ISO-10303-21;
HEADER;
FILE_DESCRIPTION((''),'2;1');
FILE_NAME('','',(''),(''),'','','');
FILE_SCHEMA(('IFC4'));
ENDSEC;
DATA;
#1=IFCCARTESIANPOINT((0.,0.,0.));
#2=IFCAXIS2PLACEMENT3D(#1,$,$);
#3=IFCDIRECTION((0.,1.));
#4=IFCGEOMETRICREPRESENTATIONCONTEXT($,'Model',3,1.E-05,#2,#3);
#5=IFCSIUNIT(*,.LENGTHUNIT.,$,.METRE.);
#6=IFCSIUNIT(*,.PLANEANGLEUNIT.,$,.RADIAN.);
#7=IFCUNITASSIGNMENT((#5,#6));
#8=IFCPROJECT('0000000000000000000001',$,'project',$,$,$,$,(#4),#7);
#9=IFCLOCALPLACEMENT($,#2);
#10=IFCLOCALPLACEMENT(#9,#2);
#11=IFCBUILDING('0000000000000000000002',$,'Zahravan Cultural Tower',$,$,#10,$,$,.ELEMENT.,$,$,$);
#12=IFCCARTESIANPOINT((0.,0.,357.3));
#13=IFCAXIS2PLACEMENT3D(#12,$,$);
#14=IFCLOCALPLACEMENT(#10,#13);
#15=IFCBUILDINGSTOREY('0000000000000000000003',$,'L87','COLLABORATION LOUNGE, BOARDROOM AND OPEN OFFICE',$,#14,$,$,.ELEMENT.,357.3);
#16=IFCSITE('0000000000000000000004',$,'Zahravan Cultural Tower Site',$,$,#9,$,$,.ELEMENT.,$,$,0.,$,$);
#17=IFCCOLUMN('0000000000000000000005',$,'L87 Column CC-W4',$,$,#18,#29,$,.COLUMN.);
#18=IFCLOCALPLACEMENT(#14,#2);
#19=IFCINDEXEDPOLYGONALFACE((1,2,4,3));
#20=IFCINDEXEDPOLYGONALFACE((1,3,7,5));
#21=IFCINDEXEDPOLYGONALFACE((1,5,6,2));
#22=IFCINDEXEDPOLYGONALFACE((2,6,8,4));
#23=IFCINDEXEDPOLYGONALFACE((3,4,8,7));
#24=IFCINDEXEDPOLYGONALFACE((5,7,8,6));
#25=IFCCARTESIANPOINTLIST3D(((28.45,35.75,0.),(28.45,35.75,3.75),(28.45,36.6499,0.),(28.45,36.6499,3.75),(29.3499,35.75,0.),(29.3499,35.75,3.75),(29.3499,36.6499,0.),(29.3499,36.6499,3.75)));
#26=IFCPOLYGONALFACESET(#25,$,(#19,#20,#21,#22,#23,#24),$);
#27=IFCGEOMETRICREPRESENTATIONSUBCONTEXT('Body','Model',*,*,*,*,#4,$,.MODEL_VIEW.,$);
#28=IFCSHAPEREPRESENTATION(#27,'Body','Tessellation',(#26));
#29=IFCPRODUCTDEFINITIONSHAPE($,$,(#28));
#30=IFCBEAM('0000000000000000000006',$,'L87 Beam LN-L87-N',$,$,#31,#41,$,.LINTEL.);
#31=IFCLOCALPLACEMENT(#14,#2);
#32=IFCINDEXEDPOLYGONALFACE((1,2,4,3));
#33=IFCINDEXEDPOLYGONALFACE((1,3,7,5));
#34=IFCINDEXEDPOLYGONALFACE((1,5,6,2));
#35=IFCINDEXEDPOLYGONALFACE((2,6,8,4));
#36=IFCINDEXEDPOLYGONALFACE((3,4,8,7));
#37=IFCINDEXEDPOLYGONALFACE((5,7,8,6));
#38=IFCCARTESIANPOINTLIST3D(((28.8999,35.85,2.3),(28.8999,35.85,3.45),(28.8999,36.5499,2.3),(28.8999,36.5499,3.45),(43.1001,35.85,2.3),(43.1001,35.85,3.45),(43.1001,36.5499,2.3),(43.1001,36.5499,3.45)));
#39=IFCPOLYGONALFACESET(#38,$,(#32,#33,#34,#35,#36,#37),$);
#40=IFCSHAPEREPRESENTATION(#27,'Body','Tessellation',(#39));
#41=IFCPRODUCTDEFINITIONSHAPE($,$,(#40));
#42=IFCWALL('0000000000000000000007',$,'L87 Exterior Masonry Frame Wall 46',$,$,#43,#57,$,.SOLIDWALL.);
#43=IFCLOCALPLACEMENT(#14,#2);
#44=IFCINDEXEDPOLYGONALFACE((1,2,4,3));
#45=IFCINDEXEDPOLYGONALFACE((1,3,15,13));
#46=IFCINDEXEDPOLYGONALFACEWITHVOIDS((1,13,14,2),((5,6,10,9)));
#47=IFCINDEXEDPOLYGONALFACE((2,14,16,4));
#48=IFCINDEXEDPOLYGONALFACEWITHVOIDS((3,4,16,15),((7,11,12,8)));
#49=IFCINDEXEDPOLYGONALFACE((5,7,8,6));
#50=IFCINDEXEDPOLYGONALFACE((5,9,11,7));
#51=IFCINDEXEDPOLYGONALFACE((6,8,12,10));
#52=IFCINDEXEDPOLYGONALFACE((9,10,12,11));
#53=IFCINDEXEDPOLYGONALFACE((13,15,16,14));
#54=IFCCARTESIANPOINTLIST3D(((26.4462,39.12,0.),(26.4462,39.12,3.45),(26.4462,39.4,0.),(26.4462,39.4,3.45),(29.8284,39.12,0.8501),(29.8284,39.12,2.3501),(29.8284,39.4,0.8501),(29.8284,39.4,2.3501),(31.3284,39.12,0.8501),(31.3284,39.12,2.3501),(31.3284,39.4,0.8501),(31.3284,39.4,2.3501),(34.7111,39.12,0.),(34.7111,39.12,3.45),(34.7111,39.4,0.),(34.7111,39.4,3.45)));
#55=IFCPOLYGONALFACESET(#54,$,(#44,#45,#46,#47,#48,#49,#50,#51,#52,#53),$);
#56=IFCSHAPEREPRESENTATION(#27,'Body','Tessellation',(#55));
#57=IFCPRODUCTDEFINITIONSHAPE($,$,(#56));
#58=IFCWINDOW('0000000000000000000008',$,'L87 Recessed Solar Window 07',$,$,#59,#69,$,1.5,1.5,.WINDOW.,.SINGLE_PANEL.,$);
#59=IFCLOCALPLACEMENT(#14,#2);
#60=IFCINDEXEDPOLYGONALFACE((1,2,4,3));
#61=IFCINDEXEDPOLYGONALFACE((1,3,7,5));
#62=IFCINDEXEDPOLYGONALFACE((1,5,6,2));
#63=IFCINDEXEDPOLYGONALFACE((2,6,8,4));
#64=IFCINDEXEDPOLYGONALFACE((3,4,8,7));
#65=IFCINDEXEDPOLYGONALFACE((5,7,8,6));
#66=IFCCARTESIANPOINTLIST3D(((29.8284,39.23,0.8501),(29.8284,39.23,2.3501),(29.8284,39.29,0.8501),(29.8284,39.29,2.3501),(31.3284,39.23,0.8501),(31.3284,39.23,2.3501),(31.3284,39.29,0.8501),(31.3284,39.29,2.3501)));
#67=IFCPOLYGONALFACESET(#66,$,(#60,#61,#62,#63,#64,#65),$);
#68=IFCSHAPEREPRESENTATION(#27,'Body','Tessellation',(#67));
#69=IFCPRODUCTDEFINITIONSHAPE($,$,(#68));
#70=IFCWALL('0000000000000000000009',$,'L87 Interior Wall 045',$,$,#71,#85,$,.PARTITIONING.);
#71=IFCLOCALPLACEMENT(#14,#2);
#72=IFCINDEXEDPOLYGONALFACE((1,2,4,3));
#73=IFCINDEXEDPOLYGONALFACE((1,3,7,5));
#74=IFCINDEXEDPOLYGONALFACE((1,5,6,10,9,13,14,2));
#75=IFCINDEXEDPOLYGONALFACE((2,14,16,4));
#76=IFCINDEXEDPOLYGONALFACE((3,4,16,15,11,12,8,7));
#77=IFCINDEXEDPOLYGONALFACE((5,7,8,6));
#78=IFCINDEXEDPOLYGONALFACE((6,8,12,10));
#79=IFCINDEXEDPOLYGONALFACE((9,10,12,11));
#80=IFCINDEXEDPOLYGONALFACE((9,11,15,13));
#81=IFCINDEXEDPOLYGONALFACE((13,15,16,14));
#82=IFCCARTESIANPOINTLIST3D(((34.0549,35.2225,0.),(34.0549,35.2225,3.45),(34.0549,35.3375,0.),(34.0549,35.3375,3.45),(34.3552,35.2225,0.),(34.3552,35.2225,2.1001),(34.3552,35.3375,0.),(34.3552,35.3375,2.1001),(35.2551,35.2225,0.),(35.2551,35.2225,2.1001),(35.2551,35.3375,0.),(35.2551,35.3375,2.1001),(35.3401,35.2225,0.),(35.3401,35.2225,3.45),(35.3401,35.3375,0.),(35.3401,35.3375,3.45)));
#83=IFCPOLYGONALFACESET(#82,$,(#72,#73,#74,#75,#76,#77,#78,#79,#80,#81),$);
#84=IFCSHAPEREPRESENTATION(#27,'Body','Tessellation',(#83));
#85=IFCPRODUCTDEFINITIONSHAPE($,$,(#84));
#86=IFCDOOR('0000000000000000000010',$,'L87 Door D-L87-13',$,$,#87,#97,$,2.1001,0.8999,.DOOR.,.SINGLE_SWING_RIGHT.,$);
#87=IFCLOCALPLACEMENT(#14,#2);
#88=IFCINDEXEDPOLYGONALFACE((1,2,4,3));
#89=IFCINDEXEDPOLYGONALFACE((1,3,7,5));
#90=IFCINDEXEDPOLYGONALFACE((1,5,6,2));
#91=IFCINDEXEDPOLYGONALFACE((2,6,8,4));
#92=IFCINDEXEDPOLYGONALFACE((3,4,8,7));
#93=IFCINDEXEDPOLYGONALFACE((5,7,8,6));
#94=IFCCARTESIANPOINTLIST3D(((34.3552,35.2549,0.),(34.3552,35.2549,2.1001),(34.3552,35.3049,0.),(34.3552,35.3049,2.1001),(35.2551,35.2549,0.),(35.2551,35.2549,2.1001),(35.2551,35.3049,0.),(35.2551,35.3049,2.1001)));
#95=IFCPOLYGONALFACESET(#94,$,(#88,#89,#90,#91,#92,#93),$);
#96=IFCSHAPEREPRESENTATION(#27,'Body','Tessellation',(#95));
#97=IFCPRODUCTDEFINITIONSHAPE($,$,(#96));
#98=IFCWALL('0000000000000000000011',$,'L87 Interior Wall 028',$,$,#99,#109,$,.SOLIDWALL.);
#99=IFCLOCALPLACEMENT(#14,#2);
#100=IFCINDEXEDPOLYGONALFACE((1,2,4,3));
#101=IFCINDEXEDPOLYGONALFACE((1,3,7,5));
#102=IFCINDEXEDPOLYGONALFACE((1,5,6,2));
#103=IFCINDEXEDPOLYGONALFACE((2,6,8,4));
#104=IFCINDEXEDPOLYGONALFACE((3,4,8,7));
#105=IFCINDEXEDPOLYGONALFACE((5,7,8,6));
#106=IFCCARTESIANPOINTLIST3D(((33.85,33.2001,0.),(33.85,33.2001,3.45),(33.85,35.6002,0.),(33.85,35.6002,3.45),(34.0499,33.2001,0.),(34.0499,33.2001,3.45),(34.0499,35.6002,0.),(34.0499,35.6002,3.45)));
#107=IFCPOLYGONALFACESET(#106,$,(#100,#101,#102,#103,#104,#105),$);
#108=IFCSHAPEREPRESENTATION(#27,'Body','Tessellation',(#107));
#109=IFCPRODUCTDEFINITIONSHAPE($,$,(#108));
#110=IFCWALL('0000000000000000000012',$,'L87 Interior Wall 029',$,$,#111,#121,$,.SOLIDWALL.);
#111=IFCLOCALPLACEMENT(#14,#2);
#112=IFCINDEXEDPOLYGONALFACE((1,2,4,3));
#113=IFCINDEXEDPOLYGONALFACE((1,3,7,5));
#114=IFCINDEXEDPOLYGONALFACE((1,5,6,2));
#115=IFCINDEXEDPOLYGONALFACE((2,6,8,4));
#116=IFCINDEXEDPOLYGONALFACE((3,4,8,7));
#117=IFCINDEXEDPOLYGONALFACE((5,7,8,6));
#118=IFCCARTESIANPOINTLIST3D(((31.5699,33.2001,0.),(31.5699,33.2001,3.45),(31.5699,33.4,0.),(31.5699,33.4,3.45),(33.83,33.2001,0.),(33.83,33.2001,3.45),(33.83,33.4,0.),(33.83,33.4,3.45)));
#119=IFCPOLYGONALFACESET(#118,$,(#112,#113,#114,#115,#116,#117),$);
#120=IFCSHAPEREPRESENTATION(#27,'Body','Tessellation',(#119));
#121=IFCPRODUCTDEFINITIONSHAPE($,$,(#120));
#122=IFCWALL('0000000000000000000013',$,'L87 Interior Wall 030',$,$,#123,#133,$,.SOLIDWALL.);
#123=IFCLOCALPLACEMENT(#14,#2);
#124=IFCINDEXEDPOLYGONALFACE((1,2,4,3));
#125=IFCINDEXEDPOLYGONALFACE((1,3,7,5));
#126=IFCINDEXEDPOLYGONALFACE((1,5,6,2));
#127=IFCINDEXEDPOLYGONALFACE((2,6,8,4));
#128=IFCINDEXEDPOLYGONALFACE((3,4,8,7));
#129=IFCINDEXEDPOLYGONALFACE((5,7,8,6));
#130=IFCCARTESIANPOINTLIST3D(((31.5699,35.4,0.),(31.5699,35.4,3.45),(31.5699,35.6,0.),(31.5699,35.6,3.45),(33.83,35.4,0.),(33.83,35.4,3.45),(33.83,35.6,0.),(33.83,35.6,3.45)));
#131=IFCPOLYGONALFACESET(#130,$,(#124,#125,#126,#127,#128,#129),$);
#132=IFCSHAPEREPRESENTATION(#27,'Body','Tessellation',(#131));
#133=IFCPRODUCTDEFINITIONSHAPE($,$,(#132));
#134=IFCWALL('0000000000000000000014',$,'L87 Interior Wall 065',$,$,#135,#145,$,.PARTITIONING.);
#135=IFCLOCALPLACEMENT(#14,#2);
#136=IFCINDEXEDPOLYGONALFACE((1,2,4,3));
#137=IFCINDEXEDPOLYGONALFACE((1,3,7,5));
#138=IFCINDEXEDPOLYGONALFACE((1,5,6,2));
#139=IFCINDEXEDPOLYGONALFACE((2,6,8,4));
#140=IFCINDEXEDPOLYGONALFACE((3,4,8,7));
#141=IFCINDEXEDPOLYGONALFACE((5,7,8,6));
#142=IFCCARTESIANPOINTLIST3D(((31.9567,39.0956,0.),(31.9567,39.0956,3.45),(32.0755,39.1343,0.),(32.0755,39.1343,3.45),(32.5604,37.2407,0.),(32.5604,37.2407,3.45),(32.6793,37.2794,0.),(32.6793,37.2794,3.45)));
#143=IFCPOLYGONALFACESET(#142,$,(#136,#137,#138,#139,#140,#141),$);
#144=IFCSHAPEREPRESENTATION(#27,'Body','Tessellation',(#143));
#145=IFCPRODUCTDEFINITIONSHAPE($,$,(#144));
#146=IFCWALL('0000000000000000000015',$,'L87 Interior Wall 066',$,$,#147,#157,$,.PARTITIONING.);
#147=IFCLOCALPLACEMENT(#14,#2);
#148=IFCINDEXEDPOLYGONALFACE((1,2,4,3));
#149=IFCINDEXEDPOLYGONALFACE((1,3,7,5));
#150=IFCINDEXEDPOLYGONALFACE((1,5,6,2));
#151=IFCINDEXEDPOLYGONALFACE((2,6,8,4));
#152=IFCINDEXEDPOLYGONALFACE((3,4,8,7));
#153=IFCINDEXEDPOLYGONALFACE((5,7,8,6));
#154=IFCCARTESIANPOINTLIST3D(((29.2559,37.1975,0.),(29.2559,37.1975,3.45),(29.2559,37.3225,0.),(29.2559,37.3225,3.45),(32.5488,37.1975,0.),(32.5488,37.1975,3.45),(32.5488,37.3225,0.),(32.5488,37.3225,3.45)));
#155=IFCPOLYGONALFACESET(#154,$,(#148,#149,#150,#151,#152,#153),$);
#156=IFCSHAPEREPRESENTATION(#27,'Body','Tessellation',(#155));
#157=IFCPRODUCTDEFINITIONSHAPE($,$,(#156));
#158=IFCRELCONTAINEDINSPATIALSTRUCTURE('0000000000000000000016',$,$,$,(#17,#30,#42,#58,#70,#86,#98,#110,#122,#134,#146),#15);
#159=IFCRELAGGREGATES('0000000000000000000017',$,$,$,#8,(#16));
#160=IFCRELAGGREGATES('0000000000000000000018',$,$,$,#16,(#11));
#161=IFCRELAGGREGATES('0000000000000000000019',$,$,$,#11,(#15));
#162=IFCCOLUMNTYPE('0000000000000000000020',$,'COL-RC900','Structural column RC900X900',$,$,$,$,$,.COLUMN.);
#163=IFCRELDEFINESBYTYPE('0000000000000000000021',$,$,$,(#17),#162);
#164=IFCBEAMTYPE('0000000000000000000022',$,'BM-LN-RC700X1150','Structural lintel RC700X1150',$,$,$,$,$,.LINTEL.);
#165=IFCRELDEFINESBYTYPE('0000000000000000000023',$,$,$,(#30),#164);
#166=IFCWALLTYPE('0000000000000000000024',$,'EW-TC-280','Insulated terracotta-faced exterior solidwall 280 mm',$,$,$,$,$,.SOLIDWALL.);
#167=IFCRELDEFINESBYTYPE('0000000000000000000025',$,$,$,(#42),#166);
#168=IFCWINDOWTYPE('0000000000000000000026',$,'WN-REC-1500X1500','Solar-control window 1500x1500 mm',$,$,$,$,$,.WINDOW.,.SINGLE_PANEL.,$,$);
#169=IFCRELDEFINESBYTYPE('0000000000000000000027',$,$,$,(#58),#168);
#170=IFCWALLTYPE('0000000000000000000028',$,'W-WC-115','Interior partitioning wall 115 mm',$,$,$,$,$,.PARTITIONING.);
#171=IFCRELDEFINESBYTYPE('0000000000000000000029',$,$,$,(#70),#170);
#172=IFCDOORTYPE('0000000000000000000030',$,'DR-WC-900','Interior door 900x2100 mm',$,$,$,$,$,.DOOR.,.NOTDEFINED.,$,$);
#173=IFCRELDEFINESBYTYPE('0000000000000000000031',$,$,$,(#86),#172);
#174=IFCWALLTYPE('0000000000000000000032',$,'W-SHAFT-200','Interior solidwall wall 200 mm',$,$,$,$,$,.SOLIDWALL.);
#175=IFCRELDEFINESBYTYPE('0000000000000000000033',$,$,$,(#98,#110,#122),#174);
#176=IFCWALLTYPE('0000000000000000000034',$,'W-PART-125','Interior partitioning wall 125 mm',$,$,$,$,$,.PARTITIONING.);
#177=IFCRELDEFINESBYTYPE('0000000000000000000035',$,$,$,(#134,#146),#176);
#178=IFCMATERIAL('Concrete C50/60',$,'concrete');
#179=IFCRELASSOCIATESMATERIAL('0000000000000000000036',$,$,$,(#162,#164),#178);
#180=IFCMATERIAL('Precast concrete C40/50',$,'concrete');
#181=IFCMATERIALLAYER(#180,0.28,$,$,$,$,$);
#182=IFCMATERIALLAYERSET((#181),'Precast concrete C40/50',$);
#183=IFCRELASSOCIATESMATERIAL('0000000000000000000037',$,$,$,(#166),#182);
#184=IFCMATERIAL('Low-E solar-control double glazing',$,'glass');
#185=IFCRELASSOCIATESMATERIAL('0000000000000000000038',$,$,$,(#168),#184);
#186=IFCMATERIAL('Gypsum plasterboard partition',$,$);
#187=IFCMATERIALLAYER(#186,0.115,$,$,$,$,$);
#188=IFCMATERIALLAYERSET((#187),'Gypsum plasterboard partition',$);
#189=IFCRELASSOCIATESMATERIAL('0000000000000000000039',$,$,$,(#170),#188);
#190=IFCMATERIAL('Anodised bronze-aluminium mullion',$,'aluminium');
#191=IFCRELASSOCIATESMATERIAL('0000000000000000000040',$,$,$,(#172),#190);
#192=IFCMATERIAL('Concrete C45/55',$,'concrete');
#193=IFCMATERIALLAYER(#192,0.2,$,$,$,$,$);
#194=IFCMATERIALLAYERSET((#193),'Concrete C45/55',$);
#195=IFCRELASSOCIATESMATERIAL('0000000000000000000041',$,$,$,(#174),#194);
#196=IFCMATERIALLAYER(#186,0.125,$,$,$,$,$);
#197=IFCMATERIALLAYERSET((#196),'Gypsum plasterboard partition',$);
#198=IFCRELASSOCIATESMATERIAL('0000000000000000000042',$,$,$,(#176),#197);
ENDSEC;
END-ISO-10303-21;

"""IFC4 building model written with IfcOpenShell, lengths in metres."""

from ifc_helpers import new_model, si_unit, direction, frame, frame_2d, origin, origin_2d, place, context, subcontext, project, spatial, rectangle, extrude, source, transform, mapped, material, layer, layer_set, material_profile, profile_set, type_object, element, fill, save


model = new_model("IFC4")

# Units and contexts
model_context = context("Model", 3, precision=1e-05, world=origin(), true_north=direction((0.0, 1.0)))
body_context = subcontext(model_context, "Body", "Model", "MODEL_VIEW")
ifc_project = project(units=[si_unit("LENGTHUNIT", "METRE"), si_unit("PLANEANGLEUNIT", "RADIAN")], contexts=[model_context])

# Site, building, storey
site_placement = place(None, origin())
site = spatial("IfcSite", under=ifc_project, at=site_placement, Name="Zahravan Cultural Tower Site", CompositionType="ELEMENT", RefElevation=0.0)
building_placement = place(site_placement, origin())
building = spatial("IfcBuilding", under=site, at=building_placement, Name="Zahravan Cultural Tower", CompositionType="ELEMENT")
storey_placement = place(building_placement, frame((0.0, 0.0, 357.3)))
storey = spatial("IfcBuildingStorey", under=building, at=storey_placement, Name="L87", Description="COLLABORATION LOUNGE, BOARDROOM AND OPEN OFFICE", CompositionType="ELEMENT", Elevation=357.3)

# Column
ifc_material_1 = material(Name="Concrete C50/60", Category="concrete")
ifc_material_profile_1 = material_profile(ifc_material_1, rectangle(XDim=0.8999, YDim=0.8999, at=origin_2d()), Name="RC900X900")
ifc_profile_set_1 = profile_set([ifc_material_profile_1], Name="Concrete C50/60")
column_type = type_object("IfcColumnType", Name="COL-RC900", Description="Structural column RC900X900", PredefinedType="COLUMN", material=ifc_profile_set_1)
shared_shape_1 = source(origin(), body_context, "Body", "SweptSolid", [
    extrude(rectangle(XDim=0.8999, YDim=0.8999, at=origin_2d()), origin(), (0.0, 0.0, 1.0), 3.75),
])
column_placement = place(storey_placement, frame((28.8999, 36.2, 0.0), z_axis=(0.0, 0.0, 1.0), x_axis=(1.0, 0.0, 0.0)))
element("IfcColumn", 1, at=column_placement, inside=storey, type_object=column_type, Name="L87 Column CC-W4", PredefinedType="COLUMN", context=body_context, shape_type="MappedRepresentation", body=[
    mapped(shared_shape_1, transform((0.0, 0.0, 0.0), x_axis=(1.0, 0.0, 0.0), y_axis=(0.0, 1.0, 0.0), z_axis=(0.0, 0.0, 1.0), scale=1.0)),
])

# Beam
ifc_material_profile_2 = material_profile(ifc_material_1, rectangle(XDim=0.7, YDim=1.1499, at=origin_2d()), Name="RC700X1150")
ifc_profile_set_2 = profile_set([ifc_material_profile_2], Name="Concrete C50/60")
beam_type = type_object("IfcBeamType", Name="BM-LN-RC700X1150", Description="Structural lintel RC700X1150", PredefinedType="LINTEL", material=ifc_profile_set_2)
shared_shape_2 = source(origin(), body_context, "Body", "SweptSolid", [
    extrude(rectangle(XDim=0.7, YDim=1.1499, at=origin_2d()), origin(), (0.0, 0.0, 1.0), 14.2002),
])
beam_placement = place(storey_placement, frame((28.8999, 36.2, 2.875), z_axis=(1.0, 0.0, 0.0), x_axis=(0.0, 1.0, 0.0)))
element("IfcBeam", 2, at=beam_placement, inside=storey, type_object=beam_type, Name="L87 Beam LN-L87-N", PredefinedType="LINTEL", context=body_context, shape_type="MappedRepresentation", body=[
    mapped(shared_shape_2, transform((0.0, 0.0, 0.0), x_axis=(1.0, 0.0, 0.0), y_axis=(0.0, 1.0, 0.0), z_axis=(0.0, 0.0, 1.0), scale=1.0)),
])

# Shared definitions
ifc_material_2 = material(Name="Precast concrete C40/50", Category="concrete")
ifc_layer_1 = layer(ifc_material_2, 0.28)
ifc_layer_set_1 = layer_set([ifc_layer_1], Name="Precast concrete C40/50")
wall_type_1 = type_object("IfcWallType", Name="EW-TC-280", Description="Insulated terracotta-faced exterior solidwall 280 mm", PredefinedType="SOLIDWALL", material=ifc_layer_set_1)
ifc_material_3 = material(Name="Anodised bronze-aluminium mullion", Category="aluminium")

# Wall, opening, window
wall_1_placement = place(storey_placement, frame((26.4463, 39.26, 0.0), z_axis=(0.0, 0.0, 1.0), x_axis=(1.0, 0.0, 0.0)))
wall_1 = element("IfcWall", 3, at=wall_1_placement, inside=storey, type_object=wall_type_1, Name="L87 Exterior Masonry Frame Wall 46", PredefinedType="SOLIDWALL", context=body_context, shape_type="SweptSolid", body=[
    extrude(rectangle(XDim=8.2649, YDim=0.28, at=frame_2d((4.1323, 0.0))), origin(), (0.0, 0.0, 1.0), 3.45),
])
opening_1_placement = place(wall_1_placement, frame((3.3821, 0.0, 0.8501)))
opening_1 = element("IfcOpeningElement", 4, at=opening_1_placement, cuts=wall_1, PredefinedType="OPENING", context=body_context, shape_type="SweptSolid", body=[
    extrude(rectangle(XDim=1.5, YDim=1.5, at=frame_2d((0.75, 0.75))), frame((0.0, 0.1499, 0.0), z_axis=(0.0, -1.0, 0.0), x_axis=(1.0, 0.0, 0.0)), (0.0, 0.0, 1.0), 0.3),
])
ifc_material_4 = material(Name="Low-E solar-control double glazing", Category="glass")
window_type = type_object("IfcWindowType", Name="WN-REC-1500X1500", Description="Solar-control window 1500x1500 mm", PartitioningType="SINGLE_PANEL", PredefinedType="WINDOW", material=ifc_material_4)
shared_shape_3 = source(origin(), body_context, "Body", "SweptSolid", [
    extrude(rectangle(XDim=1.5, YDim=1.5, at=frame_2d((0.75, 0.75))), frame((0.0, 0.03, 0.0), z_axis=(0.0, -1.0, 0.0), x_axis=(1.0, 0.0, 0.0)), (0.0, 0.0, 1.0), 0.0601),
])
window_placement = place(opening_1_placement, origin())
window = element("IfcWindow", 5, at=window_placement, inside=storey, type_object=window_type, Name="L87 Recessed Solar Window 07", OverallHeight=1.5, OverallWidth=1.5, PartitioningType="SINGLE_PANEL", PredefinedType="WINDOW", context=body_context, shape_type="MappedRepresentation", body=[
    mapped(shared_shape_3, transform((0.0, 0.0, 0.0), x_axis=(1.0, 0.0, 0.0), y_axis=(0.0, 1.0, 0.0), z_axis=(0.0, 0.0, 1.0), scale=1.0)),
])
fill(opening_1, window)

# Wall, opening, door
ifc_material_5 = material(Name="Gypsum plasterboard partition")
ifc_layer_2 = layer(ifc_material_5, 0.115)
ifc_layer_set_2 = layer_set([ifc_layer_2], Name="Gypsum plasterboard partition")
wall_type_2 = type_object("IfcWallType", Name="W-WC-115", Description="Interior partitioning wall 115 mm", PredefinedType="PARTITIONING", material=ifc_layer_set_2)
wall_2_placement = place(storey_placement, frame((34.0549, 35.28, 0.0), z_axis=(0.0, 0.0, 1.0), x_axis=(1.0, 0.0, 0.0)))
wall_2 = element("IfcWall", 6, at=wall_2_placement, inside=storey, type_object=wall_type_2, Name="L87 Interior Wall 045", PredefinedType="PARTITIONING", context=body_context, shape_type="SweptSolid", body=[
    extrude(rectangle(XDim=1.2852, YDim=0.115, at=frame_2d((0.6426, 0.0))), origin(), (0.0, 0.0, 1.0), 3.45),
])
opening_2_placement = place(wall_2_placement, frame((0.3003, 0.0, 0.0)))
opening_2 = element("IfcOpeningElement", 7, at=opening_2_placement, cuts=wall_2, PredefinedType="OPENING", context=body_context, shape_type="SweptSolid", body=[
    extrude(rectangle(XDim=0.8999, YDim=2.1001, at=frame_2d((0.45, 1.05))), frame((0.0, 0.0674, 0.0), z_axis=(0.0, -1.0, 0.0), x_axis=(1.0, 0.0, 0.0)), (0.0, 0.0, 1.0), 0.135),
])
door_type_1 = type_object("IfcDoorType", Name="DR-WC-900", Description="Interior door 900x2100 mm", OperationType="NOTDEFINED", PredefinedType="DOOR", material=ifc_material_3)
shared_shape_4 = source(origin(), body_context, "Body", "SweptSolid", [
    extrude(rectangle(XDim=0.8999, YDim=2.1001, at=frame_2d((0.45, 1.05))), frame((0.0, 0.0249, 0.0), z_axis=(0.0, -1.0, 0.0), x_axis=(1.0, 0.0, 0.0)), (0.0, 0.0, 1.0), 0.05),
])
door_1_placement = place(opening_2_placement, origin())
door_1 = element("IfcDoor", 8, at=door_1_placement, inside=storey, type_object=door_type_1, Name="L87 Door D-L87-13", OperationType="SINGLE_SWING_RIGHT", OverallHeight=2.1001, OverallWidth=0.8999, PredefinedType="DOOR", context=body_context, shape_type="MappedRepresentation", body=[
    mapped(shared_shape_4, transform((0.0, 0.0, 0.0), x_axis=(1.0, 0.0, 0.0), y_axis=(0.0, 1.0, 0.0), z_axis=(0.0, 0.0, 1.0), scale=1.0)),
])
fill(opening_2, door_1)

# Walls
ifc_material_6 = material(Name="Concrete C45/55", Category="concrete")
ifc_layer_3 = layer(ifc_material_6, 0.2)
ifc_layer_set_3 = layer_set([ifc_layer_3], Name="Concrete C45/55")
wall_type_3 = type_object("IfcWallType", Name="W-SHAFT-200", Description="Interior solidwall wall 200 mm", PredefinedType="SOLIDWALL", material=ifc_layer_set_3)
shared_shape_5 = source(origin(), body_context, "Body", "SweptSolid", [
    extrude(rectangle(XDim=2.4001, YDim=0.2, at=frame_2d((1.2002, 0.0))), origin(), (0.0, 0.0, 1.0), 3.45),
])
wall_3_placement = place(storey_placement, frame((33.95, 33.2, 0.0), z_axis=(0.0, 0.0, 1.0), x_axis=(0.0, 1.0, 0.0)))
element("IfcWall", 9, at=wall_3_placement, inside=storey, type_object=wall_type_3, Name="L87 Interior Wall 028", PredefinedType="SOLIDWALL", context=body_context, shape_type="MappedRepresentation", body=[
    mapped(shared_shape_5, transform((0.0, 0.0, 0.0), x_axis=(1.0, 0.0, 0.0), y_axis=(0.0, 1.0, 0.0), z_axis=(0.0, 0.0, 1.0), scale=1.0)),
])
shared_shape_6 = source(origin(), body_context, "Body", "SweptSolid", [
    extrude(rectangle(XDim=2.26, YDim=0.2, at=frame_2d((1.1299, 0.0))), origin(), (0.0, 0.0, 1.0), 3.45),
])
for number, where, z_axis, x_axis, name in (
    (10, (31.5701, 33.3, 0.0), (0.0, 0.0, 1.0), (1.0, 0.0, 0.0), "L87 Interior Wall 029"),
    (11, (31.5701, 35.5, 0.0), (0.0, 0.0, 1.0), (1.0, 0.0, 0.0), "L87 Interior Wall 030"),
):
    element("IfcWall", number, at=place(storey_placement, frame(where, z_axis=z_axis, x_axis=x_axis)), inside=storey, type_object=wall_type_3, Name=name, PredefinedType="SOLIDWALL", context=body_context, shape_type="MappedRepresentation", body=[
        mapped(shared_shape_6, transform((0.0, 0.0, 0.0), x_axis=(1.0, 0.0, 0.0), y_axis=(0.0, 1.0, 0.0), z_axis=(0.0, 0.0, 1.0), scale=1.0)),
    ])
ifc_layer_4 = layer(ifc_material_5, 0.125)
ifc_layer_set_4 = layer_set([ifc_layer_4], Name="Gypsum plasterboard partition")
wall_type_4 = type_object("IfcWallType", Name="W-PART-125", Description="Interior partitioning wall 125 mm", PredefinedType="PARTITIONING", material=ifc_layer_set_4)
shared_shape_7 = source(origin(), body_context, "Body", "SweptSolid", [
    extrude(rectangle(XDim=1.9507, YDim=0.125, at=frame_2d((0.9753, 0.0))), origin(), (0.0, 0.0, 1.0), 3.45),
])
wall_4_placement = place(storey_placement, frame((32.0161, 39.115, 0.0), z_axis=(0.0, 0.0, 1.0), x_axis=(0.309499, -0.9509, 0.0)))
element("IfcWall", 12, at=wall_4_placement, inside=storey, type_object=wall_type_4, Name="L87 Interior Wall 065", PredefinedType="PARTITIONING", context=body_context, shape_type="MappedRepresentation", body=[
    mapped(shared_shape_7, transform((0.0, 0.0, 0.0), x_axis=(1.0, 0.0, 0.0), y_axis=(0.0, 1.0, 0.0), z_axis=(0.0, 0.0, 1.0), scale=1.0)),
])
shared_shape_8 = source(origin(), body_context, "Body", "SweptSolid", [
    extrude(rectangle(XDim=3.293, YDim=0.125, at=frame_2d((1.6465, 0.0))), origin(), (0.0, 0.0, 1.0), 3.45),
])
wall_5_placement = place(storey_placement, frame((32.5488, 37.26, 0.0), z_axis=(0.0, 0.0, 1.0), x_axis=(-1.0, 0.0, 0.0)))
element("IfcWall", 13, at=wall_5_placement, inside=storey, type_object=wall_type_4, Name="L87 Interior Wall 066", PredefinedType="PARTITIONING", context=body_context, shape_type="MappedRepresentation", body=[
    mapped(shared_shape_8, transform((0.0, 0.0, 0.0), x_axis=(1.0, 0.0, 0.0), y_axis=(0.0, 1.0, 0.0), z_axis=(0.0, 0.0, 1.0), scale=1.0)),
])

save(model, "model.ifc")
